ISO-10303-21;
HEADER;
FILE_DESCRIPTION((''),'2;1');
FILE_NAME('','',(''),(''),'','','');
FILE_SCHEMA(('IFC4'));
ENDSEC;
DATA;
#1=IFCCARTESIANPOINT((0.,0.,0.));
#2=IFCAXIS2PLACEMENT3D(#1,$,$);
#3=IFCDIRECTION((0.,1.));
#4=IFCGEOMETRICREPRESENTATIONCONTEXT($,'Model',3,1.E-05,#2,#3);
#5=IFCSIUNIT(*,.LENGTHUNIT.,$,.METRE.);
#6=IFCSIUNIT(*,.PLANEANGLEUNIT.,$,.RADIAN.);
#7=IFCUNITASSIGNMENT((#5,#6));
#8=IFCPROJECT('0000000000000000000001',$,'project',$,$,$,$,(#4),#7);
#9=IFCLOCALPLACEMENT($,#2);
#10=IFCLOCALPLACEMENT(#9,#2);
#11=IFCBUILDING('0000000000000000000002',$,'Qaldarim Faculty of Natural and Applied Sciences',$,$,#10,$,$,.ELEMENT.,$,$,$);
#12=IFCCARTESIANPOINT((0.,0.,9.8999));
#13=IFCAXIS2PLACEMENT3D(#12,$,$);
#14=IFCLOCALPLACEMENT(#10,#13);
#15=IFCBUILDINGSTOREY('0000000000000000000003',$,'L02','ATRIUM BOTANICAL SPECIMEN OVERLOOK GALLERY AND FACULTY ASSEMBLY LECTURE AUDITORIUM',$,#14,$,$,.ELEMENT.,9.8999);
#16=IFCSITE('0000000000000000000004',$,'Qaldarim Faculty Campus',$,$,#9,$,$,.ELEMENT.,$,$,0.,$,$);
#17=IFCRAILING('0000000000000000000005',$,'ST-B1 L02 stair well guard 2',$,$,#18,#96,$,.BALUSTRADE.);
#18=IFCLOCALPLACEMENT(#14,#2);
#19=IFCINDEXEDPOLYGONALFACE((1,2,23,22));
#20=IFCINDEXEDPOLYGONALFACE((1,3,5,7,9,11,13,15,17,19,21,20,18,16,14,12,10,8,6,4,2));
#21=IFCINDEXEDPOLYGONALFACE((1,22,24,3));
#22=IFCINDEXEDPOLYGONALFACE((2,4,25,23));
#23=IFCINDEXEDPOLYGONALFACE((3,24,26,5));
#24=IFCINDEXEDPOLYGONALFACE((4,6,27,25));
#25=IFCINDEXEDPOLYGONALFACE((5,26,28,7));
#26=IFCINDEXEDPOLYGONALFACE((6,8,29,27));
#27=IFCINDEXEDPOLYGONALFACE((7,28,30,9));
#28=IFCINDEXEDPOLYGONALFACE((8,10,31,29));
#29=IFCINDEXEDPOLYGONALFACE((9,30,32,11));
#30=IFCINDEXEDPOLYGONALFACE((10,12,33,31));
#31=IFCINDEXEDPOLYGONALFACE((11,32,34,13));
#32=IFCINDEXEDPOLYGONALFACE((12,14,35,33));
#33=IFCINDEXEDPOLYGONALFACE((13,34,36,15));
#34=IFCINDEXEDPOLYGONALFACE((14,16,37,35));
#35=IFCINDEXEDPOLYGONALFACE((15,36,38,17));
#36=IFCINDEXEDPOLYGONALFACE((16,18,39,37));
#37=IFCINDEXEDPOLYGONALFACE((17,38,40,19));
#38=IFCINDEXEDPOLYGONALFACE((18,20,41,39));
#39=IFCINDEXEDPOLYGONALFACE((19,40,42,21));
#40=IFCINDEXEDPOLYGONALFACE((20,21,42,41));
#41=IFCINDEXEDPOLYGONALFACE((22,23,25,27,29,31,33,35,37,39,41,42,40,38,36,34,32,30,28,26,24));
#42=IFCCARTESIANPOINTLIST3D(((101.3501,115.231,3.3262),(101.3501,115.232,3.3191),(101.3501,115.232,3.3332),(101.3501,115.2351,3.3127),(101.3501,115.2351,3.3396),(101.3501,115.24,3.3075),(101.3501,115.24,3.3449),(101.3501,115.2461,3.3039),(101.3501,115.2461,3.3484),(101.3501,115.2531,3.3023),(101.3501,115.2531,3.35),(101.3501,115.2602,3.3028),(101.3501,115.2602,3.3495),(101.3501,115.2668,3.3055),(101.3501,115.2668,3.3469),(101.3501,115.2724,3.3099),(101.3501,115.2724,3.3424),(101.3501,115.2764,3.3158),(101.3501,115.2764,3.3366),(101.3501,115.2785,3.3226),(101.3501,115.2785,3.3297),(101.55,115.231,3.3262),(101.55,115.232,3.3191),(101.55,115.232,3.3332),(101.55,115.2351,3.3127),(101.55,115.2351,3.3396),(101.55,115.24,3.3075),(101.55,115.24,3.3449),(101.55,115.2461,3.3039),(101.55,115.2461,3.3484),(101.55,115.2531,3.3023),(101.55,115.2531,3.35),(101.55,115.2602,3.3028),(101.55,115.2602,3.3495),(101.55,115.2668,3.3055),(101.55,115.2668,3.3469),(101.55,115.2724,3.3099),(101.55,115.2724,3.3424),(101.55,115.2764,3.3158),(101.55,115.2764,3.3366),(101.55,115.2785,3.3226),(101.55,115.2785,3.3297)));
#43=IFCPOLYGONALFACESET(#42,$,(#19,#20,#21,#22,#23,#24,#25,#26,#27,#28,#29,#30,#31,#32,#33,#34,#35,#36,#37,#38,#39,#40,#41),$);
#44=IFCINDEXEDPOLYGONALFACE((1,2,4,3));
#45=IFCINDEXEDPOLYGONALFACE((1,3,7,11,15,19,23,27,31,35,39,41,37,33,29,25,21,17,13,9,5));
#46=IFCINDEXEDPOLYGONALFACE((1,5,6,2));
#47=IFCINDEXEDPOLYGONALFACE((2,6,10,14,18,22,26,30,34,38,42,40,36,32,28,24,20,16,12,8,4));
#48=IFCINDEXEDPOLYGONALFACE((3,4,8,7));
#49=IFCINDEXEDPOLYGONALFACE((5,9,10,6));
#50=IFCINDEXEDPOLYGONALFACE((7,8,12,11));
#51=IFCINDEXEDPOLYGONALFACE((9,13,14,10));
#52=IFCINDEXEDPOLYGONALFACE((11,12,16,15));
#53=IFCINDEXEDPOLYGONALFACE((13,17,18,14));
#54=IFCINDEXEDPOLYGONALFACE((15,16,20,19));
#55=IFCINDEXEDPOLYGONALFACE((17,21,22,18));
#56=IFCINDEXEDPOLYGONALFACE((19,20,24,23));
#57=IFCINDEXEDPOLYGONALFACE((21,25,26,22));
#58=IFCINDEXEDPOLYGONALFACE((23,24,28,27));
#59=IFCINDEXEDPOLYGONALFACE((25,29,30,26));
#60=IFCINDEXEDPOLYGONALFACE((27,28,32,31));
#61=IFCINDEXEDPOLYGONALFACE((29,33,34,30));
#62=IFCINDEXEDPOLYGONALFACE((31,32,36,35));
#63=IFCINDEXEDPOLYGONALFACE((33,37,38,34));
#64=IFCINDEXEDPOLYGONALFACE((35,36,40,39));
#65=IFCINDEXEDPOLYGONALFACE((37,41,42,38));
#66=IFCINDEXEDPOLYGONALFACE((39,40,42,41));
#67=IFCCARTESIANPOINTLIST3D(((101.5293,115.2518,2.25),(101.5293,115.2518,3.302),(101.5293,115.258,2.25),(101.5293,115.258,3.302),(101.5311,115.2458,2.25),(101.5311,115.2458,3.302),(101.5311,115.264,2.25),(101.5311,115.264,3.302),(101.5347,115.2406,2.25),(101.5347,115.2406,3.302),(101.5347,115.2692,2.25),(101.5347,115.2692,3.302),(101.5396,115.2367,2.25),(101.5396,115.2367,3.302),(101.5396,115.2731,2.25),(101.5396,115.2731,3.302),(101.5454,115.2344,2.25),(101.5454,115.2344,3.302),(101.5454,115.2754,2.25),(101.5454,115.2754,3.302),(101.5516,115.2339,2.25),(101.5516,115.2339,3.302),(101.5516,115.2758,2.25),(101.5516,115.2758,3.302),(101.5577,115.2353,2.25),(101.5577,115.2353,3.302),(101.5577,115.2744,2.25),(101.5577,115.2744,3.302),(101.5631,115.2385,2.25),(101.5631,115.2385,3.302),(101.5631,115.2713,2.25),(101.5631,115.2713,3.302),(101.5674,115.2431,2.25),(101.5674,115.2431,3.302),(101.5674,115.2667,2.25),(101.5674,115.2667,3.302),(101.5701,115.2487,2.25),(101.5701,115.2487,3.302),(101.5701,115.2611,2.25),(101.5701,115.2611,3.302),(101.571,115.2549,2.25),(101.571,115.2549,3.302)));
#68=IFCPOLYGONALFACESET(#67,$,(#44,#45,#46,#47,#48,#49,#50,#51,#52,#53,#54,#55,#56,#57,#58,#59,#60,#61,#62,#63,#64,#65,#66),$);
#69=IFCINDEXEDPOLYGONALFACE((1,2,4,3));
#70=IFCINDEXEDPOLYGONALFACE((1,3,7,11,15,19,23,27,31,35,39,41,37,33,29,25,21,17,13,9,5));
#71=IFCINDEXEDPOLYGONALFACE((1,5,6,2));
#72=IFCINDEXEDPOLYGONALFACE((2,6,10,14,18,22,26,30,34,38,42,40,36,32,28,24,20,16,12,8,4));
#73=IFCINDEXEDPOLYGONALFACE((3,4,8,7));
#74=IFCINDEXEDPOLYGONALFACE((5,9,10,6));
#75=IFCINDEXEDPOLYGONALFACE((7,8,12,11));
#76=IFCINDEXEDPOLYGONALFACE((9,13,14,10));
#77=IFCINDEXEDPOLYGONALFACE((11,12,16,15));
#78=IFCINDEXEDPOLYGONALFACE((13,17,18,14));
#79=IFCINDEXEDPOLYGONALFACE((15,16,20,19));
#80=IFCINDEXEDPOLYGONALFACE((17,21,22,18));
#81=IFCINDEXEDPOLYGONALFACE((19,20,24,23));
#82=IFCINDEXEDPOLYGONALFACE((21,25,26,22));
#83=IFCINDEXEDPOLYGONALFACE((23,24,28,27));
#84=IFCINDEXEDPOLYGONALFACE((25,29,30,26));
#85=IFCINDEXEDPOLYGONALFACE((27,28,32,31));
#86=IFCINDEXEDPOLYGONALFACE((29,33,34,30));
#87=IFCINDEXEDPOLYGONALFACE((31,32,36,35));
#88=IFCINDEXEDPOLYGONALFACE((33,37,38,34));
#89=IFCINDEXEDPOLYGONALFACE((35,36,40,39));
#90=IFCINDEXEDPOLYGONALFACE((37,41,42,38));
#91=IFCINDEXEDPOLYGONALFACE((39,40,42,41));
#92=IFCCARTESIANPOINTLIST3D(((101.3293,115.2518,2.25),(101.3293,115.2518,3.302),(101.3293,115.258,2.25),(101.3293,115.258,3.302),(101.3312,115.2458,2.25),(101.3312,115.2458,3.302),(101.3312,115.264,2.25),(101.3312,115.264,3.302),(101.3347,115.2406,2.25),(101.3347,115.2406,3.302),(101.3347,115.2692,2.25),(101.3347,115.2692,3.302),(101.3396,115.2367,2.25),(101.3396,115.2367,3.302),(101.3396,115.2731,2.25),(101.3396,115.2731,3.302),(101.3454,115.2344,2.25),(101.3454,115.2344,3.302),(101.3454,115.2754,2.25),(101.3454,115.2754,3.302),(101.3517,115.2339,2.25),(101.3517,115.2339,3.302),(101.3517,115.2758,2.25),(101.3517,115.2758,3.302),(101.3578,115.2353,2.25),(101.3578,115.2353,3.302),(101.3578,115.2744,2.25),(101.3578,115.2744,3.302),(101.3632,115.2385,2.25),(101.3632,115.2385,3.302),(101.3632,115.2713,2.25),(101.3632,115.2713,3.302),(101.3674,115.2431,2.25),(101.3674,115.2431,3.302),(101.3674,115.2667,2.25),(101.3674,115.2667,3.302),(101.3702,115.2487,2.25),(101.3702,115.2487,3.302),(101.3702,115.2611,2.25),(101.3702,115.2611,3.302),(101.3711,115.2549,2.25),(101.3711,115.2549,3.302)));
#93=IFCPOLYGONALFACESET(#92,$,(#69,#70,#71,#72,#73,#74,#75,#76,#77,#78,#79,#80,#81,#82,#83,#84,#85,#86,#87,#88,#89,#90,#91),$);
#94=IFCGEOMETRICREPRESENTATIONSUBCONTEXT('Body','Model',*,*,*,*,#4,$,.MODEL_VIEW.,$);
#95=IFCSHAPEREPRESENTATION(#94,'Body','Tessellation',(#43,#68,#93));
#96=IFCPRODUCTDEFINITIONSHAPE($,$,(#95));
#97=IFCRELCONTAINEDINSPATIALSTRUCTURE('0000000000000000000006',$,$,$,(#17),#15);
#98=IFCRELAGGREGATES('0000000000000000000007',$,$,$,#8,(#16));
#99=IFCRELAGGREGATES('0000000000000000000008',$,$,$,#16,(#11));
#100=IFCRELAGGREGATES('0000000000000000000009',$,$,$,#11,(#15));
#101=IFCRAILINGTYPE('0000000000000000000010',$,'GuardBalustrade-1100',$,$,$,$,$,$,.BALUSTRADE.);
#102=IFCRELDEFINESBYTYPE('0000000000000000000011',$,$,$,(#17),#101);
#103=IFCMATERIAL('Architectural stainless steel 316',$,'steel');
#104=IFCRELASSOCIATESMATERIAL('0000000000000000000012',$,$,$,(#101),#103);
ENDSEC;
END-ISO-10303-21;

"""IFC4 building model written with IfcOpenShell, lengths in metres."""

from ifc_helpers import new_model, si_unit, direction, frame, origin, origin_2d, place, context, subcontext, project, spatial, circle, extrude, material, type_object, element, save


model = new_model("IFC4")

# Units and contexts
model_context = context("Model", 3, precision=1e-05, world=origin(), true_north=direction((0.0, 1.0)))
body_context = subcontext(model_context, "Body", "Model", "MODEL_VIEW")
ifc_project = project(units=[si_unit("LENGTHUNIT", "METRE"), si_unit("PLANEANGLEUNIT", "RADIAN")], contexts=[model_context])

# Site, building, storey
site_placement = place(None, origin())
site = spatial("IfcSite", under=ifc_project, at=site_placement, Name="Qaldarim Faculty Campus", CompositionType="ELEMENT", RefElevation=0.0)
building_placement = place(site_placement, origin())
building = spatial("IfcBuilding", under=site, at=building_placement, Name="Qaldarim Faculty of Natural and Applied Sciences", CompositionType="ELEMENT")
storey_placement = place(building_placement, frame((0.0, 0.0, 9.8999)))
storey = spatial("IfcBuildingStorey", under=building, at=storey_placement, Name="L02", Description="ATRIUM BOTANICAL SPECIMEN OVERLOOK GALLERY AND FACULTY ASSEMBLY LECTURE AUDITORIUM", CompositionType="ELEMENT", Elevation=9.8999)

# Shared definitions
ifc_material_1 = material(Name="Architectural stainless steel 316", Category="steel")

# Railing
railing_type_1 = type_object("IfcRailingType", Name="GuardBalustrade-1100", PredefinedType="BALUSTRADE", material=ifc_material_1)
railing_1_placement = place(storey_placement, frame((101.55, 115.2549, 2.25)))
element("IfcRailing", 1, at=railing_1_placement, inside=storey, type_object=railing_type_1, Name="ST-B1 L02 stair well guard 2", PredefinedType="BALUSTRADE", context=body_context, shape_type="SweptSolid", body=[
    extrude(circle(Radius=0.0239, at=origin_2d()), frame((0.0, 0.0, 1.0762), z_axis=(-1.0, 0.0, 0.0), x_axis=(0.0, -1.0, 0.0)), (0.0, 0.0, 1.0), 0.2),
    extrude(circle(Radius=0.021, at=origin_2d()), origin(), (0.0, 0.0, 1.0), 1.052),
    extrude(circle(Radius=0.021, at=origin_2d()), frame((-0.2, 0.0, 0.0)), (0.0, 0.0, 1.0), 1.052),
])

save(model, "model.ifc")
